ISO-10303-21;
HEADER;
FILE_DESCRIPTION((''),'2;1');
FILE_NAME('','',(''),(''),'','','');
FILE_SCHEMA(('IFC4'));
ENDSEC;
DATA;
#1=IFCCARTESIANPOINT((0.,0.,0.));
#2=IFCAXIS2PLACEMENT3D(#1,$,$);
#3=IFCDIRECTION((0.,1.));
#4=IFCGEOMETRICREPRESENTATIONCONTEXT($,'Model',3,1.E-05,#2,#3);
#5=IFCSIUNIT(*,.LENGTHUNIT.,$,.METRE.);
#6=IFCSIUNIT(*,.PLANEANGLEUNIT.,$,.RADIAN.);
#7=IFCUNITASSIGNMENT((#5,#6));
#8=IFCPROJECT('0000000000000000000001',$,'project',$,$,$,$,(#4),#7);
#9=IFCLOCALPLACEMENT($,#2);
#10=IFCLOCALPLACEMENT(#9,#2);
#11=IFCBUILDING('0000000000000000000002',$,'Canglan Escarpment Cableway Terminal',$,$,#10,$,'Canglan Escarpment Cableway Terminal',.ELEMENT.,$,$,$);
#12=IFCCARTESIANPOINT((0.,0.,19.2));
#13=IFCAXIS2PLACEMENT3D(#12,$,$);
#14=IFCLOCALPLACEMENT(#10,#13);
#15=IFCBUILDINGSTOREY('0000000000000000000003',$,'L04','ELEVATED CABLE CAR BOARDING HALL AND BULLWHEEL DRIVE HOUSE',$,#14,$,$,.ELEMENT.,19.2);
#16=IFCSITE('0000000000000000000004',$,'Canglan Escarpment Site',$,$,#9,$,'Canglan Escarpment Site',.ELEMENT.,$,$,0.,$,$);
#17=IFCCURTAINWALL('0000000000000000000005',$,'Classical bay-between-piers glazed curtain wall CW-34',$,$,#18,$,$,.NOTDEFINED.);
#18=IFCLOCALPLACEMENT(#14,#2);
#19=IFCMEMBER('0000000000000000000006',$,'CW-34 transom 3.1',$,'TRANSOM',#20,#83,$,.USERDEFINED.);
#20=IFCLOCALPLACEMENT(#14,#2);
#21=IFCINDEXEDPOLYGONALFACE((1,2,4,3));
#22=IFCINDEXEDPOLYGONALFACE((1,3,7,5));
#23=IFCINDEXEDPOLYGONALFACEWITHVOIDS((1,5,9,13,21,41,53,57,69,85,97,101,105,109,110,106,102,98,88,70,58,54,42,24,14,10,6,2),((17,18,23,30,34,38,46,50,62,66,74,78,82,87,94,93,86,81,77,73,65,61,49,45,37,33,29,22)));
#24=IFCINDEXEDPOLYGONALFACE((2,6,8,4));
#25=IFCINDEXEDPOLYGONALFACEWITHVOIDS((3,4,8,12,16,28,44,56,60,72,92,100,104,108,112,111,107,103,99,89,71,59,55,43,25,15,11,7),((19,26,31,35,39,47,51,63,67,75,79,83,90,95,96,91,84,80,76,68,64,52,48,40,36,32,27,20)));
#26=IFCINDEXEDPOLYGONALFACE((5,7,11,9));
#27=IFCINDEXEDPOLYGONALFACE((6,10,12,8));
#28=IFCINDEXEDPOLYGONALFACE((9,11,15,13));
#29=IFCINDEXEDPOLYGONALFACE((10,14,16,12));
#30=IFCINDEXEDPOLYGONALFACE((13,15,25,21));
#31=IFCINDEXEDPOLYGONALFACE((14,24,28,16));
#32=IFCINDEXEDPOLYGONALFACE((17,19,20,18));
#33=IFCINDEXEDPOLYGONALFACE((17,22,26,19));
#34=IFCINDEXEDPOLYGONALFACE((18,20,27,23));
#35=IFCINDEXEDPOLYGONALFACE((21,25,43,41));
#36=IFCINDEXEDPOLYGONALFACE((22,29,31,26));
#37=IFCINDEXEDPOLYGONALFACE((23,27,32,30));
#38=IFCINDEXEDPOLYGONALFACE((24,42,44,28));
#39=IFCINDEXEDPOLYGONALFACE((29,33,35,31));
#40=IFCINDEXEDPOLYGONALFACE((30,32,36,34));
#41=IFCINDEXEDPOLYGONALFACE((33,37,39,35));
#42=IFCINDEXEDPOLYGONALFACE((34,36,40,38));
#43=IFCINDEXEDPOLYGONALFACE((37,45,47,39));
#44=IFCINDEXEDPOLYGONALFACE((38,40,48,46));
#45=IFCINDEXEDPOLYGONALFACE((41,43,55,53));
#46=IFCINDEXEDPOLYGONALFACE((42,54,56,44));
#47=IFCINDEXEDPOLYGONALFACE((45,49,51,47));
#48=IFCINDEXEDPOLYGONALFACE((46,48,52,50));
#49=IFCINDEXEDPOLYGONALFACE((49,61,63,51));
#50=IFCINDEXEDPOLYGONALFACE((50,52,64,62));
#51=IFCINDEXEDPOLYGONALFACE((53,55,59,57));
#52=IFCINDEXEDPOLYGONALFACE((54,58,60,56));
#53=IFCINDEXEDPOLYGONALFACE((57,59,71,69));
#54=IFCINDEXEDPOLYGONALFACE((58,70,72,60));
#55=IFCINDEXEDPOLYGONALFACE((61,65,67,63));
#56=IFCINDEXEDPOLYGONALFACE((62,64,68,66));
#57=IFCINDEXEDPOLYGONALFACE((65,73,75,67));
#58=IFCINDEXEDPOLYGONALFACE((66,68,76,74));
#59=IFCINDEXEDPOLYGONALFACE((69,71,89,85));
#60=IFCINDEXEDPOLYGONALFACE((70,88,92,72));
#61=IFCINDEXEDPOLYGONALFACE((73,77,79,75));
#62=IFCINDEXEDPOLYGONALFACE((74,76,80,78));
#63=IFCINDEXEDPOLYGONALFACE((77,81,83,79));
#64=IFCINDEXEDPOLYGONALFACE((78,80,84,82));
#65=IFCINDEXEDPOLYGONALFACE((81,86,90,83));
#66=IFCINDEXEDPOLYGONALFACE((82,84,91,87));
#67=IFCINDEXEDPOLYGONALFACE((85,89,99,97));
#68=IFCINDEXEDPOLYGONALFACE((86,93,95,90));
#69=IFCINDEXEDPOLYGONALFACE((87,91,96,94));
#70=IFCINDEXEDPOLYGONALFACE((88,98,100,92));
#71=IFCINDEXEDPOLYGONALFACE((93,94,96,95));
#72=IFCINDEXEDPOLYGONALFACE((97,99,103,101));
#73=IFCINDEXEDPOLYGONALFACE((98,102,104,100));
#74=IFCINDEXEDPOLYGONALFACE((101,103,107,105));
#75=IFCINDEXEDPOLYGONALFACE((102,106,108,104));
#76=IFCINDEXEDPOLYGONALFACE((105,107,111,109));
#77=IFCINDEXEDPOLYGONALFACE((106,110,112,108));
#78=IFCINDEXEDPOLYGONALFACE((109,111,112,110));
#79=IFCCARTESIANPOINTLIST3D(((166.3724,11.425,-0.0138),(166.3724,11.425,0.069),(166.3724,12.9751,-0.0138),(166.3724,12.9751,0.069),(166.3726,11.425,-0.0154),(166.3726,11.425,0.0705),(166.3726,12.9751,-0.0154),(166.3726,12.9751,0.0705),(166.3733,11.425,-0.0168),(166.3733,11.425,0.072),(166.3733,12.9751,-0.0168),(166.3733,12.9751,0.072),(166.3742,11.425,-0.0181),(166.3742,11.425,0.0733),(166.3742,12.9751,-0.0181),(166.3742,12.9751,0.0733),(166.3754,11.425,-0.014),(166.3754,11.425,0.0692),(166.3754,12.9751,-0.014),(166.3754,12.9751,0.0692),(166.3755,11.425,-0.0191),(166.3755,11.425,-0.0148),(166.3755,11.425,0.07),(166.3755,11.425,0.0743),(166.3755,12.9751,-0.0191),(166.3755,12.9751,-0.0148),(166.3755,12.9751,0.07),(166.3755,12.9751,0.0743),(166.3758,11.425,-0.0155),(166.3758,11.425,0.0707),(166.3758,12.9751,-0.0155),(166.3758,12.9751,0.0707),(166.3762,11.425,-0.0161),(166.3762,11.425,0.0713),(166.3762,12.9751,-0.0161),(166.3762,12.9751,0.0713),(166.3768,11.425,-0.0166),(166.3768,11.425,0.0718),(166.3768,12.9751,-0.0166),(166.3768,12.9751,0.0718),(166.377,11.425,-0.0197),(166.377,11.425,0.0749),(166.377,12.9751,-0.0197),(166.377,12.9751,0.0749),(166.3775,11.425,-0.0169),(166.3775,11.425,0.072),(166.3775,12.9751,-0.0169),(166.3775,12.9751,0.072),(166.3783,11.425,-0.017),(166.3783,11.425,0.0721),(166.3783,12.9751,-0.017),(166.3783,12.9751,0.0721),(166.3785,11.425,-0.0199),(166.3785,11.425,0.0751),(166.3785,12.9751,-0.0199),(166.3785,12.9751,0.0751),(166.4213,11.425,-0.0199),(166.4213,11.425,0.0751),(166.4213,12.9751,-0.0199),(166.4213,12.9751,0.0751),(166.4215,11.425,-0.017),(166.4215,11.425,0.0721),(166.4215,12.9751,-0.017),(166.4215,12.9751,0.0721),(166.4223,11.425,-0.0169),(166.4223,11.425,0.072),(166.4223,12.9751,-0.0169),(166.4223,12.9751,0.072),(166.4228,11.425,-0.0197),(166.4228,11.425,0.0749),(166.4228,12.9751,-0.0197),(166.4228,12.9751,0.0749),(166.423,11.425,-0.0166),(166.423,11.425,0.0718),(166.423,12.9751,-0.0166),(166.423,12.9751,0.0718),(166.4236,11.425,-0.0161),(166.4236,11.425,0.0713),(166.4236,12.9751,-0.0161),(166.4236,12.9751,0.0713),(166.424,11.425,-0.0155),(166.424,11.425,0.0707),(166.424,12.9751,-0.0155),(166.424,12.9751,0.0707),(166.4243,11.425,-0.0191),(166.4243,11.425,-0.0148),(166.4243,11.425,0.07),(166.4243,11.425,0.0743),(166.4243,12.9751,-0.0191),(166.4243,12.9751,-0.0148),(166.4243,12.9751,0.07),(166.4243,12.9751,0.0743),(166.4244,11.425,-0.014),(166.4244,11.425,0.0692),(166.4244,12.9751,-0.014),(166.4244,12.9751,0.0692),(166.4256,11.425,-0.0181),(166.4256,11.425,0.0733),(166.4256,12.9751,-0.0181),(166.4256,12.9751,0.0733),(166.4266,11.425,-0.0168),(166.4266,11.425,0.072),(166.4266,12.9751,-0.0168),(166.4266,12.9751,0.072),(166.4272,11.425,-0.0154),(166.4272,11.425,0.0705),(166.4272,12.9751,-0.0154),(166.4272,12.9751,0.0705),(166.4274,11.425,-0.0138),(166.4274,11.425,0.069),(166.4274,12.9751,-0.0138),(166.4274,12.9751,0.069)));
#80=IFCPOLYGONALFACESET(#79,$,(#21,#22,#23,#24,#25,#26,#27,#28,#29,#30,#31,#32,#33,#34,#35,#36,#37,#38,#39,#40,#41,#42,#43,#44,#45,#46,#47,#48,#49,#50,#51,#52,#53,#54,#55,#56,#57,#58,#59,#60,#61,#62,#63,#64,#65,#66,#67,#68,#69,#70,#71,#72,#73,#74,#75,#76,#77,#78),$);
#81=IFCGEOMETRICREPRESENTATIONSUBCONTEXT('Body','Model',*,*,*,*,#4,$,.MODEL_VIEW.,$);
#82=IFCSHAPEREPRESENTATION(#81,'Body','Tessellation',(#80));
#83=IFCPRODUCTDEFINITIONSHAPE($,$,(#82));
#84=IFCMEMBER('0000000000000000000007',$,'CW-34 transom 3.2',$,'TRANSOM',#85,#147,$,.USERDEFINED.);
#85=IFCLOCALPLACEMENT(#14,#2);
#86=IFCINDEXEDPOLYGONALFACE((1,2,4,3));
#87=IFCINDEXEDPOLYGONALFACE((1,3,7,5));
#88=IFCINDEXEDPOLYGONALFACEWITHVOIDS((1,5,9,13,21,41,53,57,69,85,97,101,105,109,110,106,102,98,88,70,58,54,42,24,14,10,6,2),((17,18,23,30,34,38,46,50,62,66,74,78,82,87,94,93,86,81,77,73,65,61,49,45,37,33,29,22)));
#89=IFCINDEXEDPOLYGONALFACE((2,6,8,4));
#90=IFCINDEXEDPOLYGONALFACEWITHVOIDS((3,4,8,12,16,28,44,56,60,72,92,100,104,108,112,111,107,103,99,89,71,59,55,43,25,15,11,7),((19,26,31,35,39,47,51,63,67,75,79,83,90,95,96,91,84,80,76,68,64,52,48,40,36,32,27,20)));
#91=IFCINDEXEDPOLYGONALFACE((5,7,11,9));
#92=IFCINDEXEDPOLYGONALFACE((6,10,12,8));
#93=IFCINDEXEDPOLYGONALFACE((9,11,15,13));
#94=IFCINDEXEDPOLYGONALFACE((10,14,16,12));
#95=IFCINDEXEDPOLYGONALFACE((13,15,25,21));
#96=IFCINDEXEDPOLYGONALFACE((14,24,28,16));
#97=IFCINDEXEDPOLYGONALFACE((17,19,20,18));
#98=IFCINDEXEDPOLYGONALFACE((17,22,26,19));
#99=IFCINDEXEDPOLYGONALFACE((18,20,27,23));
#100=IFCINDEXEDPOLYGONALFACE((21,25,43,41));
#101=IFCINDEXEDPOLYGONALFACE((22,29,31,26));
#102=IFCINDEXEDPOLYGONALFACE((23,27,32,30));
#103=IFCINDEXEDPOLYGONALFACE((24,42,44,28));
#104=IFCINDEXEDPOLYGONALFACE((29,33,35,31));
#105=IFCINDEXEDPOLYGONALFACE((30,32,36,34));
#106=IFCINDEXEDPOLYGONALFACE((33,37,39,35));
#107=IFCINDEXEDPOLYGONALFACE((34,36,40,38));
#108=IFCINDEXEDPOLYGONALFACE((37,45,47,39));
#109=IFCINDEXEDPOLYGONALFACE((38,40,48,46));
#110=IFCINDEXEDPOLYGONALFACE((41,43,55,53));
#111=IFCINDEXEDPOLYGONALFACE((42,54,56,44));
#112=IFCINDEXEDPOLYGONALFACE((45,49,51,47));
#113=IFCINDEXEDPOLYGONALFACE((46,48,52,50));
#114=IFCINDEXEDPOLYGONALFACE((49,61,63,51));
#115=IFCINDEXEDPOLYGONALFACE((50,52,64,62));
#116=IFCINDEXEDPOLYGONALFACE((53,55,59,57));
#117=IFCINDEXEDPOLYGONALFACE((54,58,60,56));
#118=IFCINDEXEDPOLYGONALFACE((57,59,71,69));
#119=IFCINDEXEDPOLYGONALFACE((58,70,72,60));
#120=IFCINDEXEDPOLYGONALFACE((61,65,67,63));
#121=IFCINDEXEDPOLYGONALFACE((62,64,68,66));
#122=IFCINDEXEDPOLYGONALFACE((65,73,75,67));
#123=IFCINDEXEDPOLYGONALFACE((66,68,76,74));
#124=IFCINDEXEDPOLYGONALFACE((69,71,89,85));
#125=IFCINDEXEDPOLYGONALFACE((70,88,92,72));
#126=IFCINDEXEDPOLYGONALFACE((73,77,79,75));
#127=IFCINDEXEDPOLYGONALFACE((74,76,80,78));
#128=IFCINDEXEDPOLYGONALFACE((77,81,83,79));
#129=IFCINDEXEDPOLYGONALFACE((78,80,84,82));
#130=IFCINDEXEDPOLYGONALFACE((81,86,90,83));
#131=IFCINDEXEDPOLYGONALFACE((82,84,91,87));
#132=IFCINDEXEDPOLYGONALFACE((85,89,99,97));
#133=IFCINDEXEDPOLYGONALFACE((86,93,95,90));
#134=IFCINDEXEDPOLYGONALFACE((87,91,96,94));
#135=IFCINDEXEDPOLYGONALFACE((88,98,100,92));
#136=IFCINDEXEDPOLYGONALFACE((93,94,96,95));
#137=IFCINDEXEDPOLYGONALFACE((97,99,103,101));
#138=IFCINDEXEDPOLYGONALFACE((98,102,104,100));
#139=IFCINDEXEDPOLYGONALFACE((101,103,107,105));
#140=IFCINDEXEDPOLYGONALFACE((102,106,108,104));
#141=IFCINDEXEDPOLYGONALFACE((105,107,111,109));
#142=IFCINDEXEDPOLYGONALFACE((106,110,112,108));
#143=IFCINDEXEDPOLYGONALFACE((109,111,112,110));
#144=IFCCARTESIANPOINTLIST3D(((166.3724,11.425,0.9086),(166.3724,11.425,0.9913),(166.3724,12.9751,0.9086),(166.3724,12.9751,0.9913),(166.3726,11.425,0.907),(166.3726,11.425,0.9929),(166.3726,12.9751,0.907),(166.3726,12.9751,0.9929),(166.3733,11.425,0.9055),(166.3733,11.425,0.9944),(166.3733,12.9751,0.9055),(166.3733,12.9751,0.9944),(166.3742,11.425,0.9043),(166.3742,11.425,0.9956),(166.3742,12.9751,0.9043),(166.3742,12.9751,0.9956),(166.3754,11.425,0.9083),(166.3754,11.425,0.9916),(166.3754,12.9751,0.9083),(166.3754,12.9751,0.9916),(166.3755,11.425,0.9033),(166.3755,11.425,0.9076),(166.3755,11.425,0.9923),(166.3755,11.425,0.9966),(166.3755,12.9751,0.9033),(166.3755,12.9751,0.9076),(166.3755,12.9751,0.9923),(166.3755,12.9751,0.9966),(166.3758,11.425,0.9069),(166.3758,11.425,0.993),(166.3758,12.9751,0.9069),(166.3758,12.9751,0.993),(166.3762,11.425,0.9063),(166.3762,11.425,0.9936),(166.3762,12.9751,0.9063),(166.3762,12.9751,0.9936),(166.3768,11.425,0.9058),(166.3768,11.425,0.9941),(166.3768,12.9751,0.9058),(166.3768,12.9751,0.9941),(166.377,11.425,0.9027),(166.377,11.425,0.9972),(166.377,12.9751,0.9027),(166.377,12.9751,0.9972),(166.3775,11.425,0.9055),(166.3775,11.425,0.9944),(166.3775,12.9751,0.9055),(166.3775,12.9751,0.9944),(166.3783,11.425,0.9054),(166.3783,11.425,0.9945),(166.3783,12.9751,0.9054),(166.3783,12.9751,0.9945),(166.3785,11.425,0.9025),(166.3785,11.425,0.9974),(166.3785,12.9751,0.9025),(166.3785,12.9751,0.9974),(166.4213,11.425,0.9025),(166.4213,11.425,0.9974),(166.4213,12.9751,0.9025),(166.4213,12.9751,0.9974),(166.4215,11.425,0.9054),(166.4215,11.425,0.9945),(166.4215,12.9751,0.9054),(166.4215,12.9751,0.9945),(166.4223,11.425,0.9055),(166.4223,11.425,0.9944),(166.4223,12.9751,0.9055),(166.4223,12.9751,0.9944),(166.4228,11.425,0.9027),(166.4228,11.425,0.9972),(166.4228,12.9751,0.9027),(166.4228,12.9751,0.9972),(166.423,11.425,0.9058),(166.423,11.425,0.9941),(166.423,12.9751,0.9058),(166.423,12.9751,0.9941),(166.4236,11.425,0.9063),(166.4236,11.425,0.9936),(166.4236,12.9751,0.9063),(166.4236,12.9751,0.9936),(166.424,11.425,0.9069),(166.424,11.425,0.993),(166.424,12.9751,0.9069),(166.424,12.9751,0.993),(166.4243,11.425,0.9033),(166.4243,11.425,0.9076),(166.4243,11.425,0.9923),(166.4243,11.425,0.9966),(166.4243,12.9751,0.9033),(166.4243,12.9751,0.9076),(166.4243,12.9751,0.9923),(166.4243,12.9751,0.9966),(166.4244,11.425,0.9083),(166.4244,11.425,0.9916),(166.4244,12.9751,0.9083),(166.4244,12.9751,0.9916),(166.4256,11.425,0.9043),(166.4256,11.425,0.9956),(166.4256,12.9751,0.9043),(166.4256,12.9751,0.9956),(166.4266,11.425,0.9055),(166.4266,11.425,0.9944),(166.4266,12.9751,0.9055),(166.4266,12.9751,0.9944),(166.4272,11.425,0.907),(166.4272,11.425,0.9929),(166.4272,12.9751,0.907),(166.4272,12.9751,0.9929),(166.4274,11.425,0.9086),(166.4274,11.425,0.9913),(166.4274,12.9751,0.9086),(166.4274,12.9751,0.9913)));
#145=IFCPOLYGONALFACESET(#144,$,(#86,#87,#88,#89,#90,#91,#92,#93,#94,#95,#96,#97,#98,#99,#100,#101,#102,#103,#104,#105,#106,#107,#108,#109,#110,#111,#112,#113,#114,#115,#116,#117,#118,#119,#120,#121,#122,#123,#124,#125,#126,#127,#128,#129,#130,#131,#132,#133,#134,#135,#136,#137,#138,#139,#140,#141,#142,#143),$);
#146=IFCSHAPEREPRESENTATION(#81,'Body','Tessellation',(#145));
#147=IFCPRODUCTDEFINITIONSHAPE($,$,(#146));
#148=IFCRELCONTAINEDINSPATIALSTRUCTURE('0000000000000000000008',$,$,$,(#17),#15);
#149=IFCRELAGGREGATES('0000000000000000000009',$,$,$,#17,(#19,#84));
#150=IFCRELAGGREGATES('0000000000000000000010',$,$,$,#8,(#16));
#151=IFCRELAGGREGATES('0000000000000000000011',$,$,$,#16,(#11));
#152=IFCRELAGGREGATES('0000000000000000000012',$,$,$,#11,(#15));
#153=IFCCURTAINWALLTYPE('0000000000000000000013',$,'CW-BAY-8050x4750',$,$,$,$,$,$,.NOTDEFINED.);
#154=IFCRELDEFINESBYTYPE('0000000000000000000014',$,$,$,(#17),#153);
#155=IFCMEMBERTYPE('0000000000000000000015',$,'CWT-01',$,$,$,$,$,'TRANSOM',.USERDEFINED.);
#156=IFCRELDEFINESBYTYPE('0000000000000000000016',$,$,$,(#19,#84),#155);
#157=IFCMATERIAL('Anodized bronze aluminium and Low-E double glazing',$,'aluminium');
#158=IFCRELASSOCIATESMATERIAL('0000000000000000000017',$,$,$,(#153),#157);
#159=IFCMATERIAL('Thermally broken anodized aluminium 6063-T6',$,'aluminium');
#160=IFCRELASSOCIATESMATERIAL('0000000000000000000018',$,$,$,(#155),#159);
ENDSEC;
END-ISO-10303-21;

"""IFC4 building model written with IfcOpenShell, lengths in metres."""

from ifc_helpers import new_model, si_unit, direction, frame, origin, origin_2d, place, context, subcontext, project, spatial, hollow_rectangle, extrude, material, material_profile, profile_set, type_object, element, aggregate, save


model = new_model("IFC4")

# Units and contexts
model_context = context("Model", 3, precision=1e-05, world=origin(), true_north=direction((0.0, 1.0)))
body_context = subcontext(model_context, "Body", "Model", "MODEL_VIEW")
ifc_project = project(units=[si_unit("LENGTHUNIT", "METRE"), si_unit("PLANEANGLEUNIT", "RADIAN")], contexts=[model_context])

# Site, building, storey
site_placement = place(None, origin())
site = spatial("IfcSite", under=ifc_project, at=site_placement, Name="Canglan Escarpment Site", LongName="Canglan Escarpment Site", CompositionType="ELEMENT", RefElevation=0.0)
building_placement = place(site_placement, origin())
building = spatial("IfcBuilding", under=site, at=building_placement, Name="Canglan Escarpment Cableway Terminal", LongName="Canglan Escarpment Cableway Terminal", CompositionType="ELEMENT")
storey_placement = place(building_placement, frame((0.0, 0.0, 19.2)))
storey = spatial("IfcBuildingStorey", under=building, at=storey_placement, Name="L04", Description="ELEVATED CABLE CAR BOARDING HALL AND BULLWHEEL DRIVE HOUSE", CompositionType="ELEMENT", Elevation=19.2)

# Curtain wall
ifc_material_1 = material(Name="Anodized bronze aluminium and Low-E double glazing", Category="aluminium")
curtain_wall_type_1 = type_object("IfcCurtainWallType", Name="CW-BAY-8050x4750", PredefinedType="NOTDEFINED", material=ifc_material_1)
curtain_wall_1_placement = place(storey_placement, origin())
curtain_wall_1 = element("IfcCurtainWall", 1, at=curtain_wall_1_placement, inside=storey, type_object=curtain_wall_type_1, Name="Classical bay-between-piers glazed curtain wall CW-34", PredefinedType="NOTDEFINED")
ifc_material_2 = material(Name="Thermally broken anodized aluminium 6063-T6", Category="aluminium")

# Members
ifc_material_profile_1 = material_profile(ifc_material_2, hollow_rectangle(XDim=0.0549, YDim=0.095, WallThickness=0.0029, InnerFilletRadius=0.0029, OuterFilletRadius=0.0061, at=origin_2d()), Name="ALU-TRAN 55x95x3")
ifc_profile_set_1 = profile_set([ifc_material_profile_1], Name="Thermally broken anodized aluminium 6063-T6")
member_type_1 = type_object("IfcMemberType", Name="CWT-01", ElementType="TRANSOM", PredefinedType="USERDEFINED", material=ifc_profile_set_1)
member_1_placement = place(storey_placement, frame((166.3999, 11.425, 0.0276), z_axis=(0.0, 1.0, 0.0), x_axis=(-1.0, 0.0, 0.0)))
member_1 = element("IfcMember", 2, at=member_1_placement, type_object=member_type_1, Name="CW-34 transom 3.1", ObjectType="TRANSOM", PredefinedType="USERDEFINED", context=body_context, shape_type="SweptSolid", body=[
    extrude(hollow_rectangle(XDim=0.0549, YDim=0.095, WallThickness=0.0029, InnerFilletRadius=0.0029, OuterFilletRadius=0.0061, at=origin_2d()), origin(), (0.0, 0.0, 1.0), 1.55),
])
member_2_placement = place(storey_placement, frame((166.3999, 11.425, 0.95), z_axis=(0.0, 1.0, 0.0), x_axis=(-1.0, 0.0, 0.0)))
member_2 = element("IfcMember", 3, at=member_2_placement, type_object=member_type_1, Name="CW-34 transom 3.2", ObjectType="TRANSOM", PredefinedType="USERDEFINED", context=body_context, shape_type="SweptSolid", body=[
    extrude(hollow_rectangle(XDim=0.0549, YDim=0.095, WallThickness=0.0029, InnerFilletRadius=0.0029, OuterFilletRadius=0.0061, at=origin_2d()), origin(), (0.0, 0.0, 1.0), 1.55),
])

aggregate(curtain_wall_1, [member_1, member_2])

save(model, "model.ifc")
